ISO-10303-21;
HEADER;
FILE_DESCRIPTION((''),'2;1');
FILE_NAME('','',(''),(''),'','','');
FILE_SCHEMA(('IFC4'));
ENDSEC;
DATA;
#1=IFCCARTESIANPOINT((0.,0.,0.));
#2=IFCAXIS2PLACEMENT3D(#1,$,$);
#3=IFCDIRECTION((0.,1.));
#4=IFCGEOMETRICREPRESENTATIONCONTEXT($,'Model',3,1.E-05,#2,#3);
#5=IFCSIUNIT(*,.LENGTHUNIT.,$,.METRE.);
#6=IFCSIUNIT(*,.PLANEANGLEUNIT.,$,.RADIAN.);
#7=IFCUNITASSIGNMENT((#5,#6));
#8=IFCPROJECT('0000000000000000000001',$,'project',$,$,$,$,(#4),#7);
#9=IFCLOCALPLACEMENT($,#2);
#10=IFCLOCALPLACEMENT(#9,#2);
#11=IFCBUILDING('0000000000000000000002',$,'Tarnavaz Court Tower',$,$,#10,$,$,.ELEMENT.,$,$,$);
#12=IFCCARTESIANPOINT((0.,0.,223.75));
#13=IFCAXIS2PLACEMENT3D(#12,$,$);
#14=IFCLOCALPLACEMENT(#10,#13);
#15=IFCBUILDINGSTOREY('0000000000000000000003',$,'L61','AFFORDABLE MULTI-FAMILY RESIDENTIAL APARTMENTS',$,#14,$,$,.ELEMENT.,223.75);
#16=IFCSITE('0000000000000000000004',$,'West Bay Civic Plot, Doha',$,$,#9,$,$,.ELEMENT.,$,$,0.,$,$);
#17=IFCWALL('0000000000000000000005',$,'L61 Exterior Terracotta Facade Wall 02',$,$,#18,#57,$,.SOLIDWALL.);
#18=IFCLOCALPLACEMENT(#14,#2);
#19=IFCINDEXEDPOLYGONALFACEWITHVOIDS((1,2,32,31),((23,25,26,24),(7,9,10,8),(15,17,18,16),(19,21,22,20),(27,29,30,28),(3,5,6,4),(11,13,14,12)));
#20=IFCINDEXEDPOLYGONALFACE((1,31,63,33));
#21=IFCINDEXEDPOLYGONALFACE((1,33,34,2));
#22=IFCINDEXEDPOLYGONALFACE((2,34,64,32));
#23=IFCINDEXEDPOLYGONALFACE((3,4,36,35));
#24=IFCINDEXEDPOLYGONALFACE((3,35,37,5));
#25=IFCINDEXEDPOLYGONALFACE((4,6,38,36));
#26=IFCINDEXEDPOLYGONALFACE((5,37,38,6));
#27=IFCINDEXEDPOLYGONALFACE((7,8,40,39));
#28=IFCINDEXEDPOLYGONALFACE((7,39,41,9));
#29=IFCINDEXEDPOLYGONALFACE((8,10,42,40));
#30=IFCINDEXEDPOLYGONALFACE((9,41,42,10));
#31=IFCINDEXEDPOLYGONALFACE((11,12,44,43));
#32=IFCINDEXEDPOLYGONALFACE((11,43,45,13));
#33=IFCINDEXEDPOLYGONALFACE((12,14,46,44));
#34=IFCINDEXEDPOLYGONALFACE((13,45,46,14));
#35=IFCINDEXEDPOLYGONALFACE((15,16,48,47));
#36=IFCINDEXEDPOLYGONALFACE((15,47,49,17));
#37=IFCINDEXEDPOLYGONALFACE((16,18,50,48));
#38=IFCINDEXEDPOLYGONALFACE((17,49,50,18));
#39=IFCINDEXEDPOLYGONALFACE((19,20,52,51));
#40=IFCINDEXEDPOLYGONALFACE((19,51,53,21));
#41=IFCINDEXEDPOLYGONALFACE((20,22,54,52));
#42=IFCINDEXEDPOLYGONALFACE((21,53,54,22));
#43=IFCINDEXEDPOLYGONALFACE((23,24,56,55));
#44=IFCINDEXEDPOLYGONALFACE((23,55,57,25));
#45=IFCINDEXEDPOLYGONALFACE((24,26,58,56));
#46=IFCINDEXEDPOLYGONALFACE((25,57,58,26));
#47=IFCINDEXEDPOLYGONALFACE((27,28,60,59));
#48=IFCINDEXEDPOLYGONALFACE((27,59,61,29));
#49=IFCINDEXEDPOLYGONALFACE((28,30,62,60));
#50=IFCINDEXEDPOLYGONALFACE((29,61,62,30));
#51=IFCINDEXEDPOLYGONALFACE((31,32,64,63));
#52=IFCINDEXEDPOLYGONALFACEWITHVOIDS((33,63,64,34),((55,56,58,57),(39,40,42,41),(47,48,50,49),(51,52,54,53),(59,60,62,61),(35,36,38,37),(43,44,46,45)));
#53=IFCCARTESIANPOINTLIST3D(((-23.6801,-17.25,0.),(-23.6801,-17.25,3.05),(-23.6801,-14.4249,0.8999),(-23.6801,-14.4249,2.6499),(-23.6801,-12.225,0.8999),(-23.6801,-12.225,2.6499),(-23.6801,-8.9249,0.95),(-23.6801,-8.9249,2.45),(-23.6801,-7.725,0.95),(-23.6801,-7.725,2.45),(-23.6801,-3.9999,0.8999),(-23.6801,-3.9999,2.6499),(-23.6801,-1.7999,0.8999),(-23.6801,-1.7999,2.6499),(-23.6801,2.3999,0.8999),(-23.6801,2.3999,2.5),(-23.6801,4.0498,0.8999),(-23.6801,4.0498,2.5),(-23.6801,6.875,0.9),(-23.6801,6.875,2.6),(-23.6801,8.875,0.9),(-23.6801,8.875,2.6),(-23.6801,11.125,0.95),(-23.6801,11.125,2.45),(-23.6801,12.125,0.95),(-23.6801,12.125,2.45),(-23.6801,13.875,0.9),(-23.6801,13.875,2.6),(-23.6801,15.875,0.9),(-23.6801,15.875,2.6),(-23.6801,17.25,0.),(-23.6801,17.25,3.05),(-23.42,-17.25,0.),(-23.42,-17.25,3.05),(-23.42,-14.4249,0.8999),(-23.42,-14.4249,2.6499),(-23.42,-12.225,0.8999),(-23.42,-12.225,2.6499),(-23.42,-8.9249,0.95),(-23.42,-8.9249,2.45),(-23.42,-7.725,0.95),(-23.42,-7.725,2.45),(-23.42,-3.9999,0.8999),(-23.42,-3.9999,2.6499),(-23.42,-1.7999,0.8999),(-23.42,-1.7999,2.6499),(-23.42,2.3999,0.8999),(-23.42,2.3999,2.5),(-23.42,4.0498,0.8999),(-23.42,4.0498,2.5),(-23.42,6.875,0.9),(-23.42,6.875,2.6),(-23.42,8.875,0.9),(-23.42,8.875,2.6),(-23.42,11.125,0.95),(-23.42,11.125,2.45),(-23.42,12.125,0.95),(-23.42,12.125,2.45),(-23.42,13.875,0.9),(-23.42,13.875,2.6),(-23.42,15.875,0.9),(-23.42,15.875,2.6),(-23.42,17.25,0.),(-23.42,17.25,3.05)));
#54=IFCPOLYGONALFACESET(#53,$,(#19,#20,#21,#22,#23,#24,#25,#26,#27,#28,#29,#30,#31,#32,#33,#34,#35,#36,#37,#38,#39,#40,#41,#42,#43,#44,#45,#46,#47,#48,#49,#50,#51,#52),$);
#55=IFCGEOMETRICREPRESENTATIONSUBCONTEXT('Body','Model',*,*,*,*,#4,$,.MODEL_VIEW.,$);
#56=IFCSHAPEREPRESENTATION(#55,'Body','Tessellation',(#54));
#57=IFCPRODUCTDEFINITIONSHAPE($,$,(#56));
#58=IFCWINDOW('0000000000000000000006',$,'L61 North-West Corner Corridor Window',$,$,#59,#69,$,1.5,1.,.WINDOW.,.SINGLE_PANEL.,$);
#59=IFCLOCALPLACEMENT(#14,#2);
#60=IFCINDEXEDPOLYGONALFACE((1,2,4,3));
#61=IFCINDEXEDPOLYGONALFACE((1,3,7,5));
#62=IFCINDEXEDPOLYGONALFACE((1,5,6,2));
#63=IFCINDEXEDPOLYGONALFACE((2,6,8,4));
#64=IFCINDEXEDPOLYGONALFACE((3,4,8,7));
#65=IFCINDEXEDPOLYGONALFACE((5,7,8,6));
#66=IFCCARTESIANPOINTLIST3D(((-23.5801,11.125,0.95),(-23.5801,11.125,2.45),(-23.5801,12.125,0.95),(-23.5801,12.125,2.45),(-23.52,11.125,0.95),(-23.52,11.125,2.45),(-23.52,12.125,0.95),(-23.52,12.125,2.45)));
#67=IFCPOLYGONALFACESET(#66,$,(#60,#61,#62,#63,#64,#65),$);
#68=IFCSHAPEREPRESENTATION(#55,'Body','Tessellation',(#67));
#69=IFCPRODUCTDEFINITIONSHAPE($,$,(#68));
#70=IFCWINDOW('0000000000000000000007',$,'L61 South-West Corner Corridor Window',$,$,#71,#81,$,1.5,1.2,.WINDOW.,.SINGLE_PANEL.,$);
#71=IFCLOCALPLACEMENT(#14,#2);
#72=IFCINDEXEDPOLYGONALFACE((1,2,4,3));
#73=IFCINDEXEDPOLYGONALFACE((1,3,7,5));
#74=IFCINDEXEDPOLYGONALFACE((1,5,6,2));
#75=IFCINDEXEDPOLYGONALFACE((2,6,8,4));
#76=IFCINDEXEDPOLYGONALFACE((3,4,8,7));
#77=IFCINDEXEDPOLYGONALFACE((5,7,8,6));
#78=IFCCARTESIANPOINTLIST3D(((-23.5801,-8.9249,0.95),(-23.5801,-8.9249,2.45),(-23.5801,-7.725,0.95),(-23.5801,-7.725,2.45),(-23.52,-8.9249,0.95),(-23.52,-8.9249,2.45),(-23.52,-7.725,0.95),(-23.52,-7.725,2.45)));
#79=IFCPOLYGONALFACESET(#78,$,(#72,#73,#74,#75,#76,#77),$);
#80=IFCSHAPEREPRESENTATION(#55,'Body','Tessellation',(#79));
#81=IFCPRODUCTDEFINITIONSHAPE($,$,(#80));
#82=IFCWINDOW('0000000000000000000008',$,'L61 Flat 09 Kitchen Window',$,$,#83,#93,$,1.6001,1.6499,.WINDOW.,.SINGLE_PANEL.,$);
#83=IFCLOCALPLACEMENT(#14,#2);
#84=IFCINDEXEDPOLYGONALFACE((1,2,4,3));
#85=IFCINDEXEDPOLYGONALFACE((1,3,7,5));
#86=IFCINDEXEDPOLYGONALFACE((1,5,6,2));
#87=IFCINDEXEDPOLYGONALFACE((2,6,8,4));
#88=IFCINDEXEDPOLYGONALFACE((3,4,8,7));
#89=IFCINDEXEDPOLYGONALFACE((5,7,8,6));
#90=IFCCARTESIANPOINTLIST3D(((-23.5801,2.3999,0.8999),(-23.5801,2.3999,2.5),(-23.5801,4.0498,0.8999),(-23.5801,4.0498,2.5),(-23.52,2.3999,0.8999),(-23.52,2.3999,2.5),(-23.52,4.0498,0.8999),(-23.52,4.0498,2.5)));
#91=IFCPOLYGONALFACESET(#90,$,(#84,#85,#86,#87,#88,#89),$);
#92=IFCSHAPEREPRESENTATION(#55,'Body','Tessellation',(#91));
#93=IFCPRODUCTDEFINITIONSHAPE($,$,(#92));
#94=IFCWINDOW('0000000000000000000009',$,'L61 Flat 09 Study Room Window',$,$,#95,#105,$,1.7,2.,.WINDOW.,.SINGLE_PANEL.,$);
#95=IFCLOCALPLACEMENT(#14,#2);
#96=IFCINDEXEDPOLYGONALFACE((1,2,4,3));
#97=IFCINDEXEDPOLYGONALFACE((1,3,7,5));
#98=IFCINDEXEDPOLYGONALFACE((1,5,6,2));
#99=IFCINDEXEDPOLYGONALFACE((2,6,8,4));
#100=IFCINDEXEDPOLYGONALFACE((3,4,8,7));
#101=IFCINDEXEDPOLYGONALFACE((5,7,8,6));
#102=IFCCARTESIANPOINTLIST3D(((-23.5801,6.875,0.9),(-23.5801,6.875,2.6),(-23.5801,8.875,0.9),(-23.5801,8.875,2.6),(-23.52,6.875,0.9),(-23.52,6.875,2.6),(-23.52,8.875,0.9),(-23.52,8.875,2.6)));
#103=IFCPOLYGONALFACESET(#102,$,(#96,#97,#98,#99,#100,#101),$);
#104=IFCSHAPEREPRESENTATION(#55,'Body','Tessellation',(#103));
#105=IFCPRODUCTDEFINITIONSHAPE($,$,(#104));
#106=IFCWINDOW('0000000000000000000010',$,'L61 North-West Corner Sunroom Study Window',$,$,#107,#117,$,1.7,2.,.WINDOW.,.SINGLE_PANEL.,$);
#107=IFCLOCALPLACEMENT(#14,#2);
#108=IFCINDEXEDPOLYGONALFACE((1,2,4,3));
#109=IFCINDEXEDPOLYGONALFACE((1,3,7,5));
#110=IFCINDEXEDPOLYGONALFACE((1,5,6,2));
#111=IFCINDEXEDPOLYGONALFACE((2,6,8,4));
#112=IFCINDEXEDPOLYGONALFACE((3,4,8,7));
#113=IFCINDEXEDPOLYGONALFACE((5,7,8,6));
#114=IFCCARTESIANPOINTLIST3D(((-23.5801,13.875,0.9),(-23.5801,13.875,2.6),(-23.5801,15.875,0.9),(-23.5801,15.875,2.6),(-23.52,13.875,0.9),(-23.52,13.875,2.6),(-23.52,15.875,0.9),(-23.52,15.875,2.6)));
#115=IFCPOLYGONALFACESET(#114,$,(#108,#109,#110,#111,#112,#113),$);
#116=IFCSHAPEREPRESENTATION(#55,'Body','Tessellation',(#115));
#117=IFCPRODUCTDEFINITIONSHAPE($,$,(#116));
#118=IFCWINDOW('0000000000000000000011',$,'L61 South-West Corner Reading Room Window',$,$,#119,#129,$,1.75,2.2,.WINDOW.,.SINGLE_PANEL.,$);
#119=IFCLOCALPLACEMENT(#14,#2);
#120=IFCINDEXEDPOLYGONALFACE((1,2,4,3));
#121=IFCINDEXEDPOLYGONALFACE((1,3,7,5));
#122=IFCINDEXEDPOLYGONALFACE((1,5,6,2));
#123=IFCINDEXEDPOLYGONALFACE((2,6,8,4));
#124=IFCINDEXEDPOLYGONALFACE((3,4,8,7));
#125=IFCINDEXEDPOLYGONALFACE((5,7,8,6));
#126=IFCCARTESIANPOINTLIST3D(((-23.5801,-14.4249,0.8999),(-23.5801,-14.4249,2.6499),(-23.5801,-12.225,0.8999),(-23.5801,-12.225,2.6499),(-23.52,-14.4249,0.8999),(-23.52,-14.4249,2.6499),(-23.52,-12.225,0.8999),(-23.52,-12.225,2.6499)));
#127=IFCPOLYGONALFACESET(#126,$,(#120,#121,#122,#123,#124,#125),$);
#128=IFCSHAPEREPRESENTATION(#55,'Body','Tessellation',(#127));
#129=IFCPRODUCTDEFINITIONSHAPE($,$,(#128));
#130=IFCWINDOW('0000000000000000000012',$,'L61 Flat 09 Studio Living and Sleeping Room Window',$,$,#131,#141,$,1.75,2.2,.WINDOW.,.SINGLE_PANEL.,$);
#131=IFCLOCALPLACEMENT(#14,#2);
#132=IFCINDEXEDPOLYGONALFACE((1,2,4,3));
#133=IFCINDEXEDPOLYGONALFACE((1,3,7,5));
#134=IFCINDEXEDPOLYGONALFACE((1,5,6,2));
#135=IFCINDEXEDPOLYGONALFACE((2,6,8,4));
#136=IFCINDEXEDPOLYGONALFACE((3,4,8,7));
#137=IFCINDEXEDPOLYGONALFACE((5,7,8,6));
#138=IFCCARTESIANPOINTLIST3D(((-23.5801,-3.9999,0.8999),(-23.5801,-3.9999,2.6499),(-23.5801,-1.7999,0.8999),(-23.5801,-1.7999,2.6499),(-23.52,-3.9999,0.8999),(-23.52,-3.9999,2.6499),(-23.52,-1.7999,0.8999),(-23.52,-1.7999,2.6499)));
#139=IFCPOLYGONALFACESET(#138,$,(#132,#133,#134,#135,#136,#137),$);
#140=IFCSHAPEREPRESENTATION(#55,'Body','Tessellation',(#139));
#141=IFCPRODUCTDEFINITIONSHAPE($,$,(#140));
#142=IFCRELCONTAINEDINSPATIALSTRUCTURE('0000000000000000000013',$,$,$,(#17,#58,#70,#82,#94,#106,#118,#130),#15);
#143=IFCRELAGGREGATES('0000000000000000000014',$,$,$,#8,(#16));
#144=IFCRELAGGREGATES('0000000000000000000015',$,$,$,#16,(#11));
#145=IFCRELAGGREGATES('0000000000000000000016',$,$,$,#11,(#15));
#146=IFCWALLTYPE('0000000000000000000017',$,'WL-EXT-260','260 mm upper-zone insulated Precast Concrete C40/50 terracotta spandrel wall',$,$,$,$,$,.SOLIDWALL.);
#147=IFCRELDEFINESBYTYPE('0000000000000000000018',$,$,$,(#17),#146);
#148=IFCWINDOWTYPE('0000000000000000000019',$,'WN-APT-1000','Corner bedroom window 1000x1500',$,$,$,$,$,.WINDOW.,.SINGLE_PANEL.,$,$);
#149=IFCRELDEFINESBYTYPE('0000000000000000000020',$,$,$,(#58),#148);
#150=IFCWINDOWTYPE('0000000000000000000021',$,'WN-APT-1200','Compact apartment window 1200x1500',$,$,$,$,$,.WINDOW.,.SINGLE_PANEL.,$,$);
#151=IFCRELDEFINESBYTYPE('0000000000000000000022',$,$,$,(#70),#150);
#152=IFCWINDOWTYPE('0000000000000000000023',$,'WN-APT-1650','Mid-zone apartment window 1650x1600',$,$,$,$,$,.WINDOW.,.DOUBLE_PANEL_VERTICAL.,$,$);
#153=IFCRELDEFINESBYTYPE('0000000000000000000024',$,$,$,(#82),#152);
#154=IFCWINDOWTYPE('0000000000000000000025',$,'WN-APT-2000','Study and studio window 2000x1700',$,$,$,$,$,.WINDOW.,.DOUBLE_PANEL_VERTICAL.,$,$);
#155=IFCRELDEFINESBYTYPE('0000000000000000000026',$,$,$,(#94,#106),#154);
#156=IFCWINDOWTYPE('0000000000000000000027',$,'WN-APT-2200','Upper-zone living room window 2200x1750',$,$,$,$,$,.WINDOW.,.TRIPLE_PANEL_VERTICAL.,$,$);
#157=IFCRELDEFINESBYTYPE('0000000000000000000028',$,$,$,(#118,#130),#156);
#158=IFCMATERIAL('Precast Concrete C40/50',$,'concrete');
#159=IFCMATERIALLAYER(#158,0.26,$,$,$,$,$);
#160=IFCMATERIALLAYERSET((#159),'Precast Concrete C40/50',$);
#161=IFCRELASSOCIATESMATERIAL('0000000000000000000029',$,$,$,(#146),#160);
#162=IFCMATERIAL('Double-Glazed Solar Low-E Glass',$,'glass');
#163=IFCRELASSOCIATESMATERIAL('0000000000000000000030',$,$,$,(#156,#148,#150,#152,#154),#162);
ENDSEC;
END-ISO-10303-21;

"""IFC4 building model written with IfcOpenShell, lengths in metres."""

from ifc_helpers import new_model, si_unit, direction, frame, frame_2d, origin, place, context, subcontext, project, spatial, rectangle, extrude, material, layer, layer_set, type_object, element, fill, save


model = new_model("IFC4")

# Units and contexts
model_context = context("Model", 3, precision=1e-05, world=origin(), true_north=direction((0.0, 1.0)))
body_context = subcontext(model_context, "Body", "Model", "MODEL_VIEW")
ifc_project = project(units=[si_unit("LENGTHUNIT", "METRE"), si_unit("PLANEANGLEUNIT", "RADIAN")], contexts=[model_context])

# Site, building, storey
site_placement = place(None, origin())
site = spatial("IfcSite", under=ifc_project, at=site_placement, Name="West Bay Civic Plot, Doha", CompositionType="ELEMENT", RefElevation=0.0)
building_placement = place(site_placement, origin())
building = spatial("IfcBuilding", under=site, at=building_placement, Name="Tarnavaz Court Tower", CompositionType="ELEMENT")
storey_placement = place(building_placement, frame((0.0, 0.0, 223.75)))
storey = spatial("IfcBuildingStorey", under=building, at=storey_placement, Name="L61", Description="AFFORDABLE MULTI-FAMILY RESIDENTIAL APARTMENTS", CompositionType="ELEMENT", Elevation=223.75)

# Shared definitions
ifc_material_1 = material(Name="Precast Concrete C40/50", Category="concrete")
ifc_layer_1 = layer(ifc_material_1, 0.26)
ifc_layer_set_1 = layer_set([ifc_layer_1], Name="Precast Concrete C40/50")
wall_type_1 = type_object("IfcWallType", Name="WL-EXT-260", Description="260 mm upper-zone insulated Precast Concrete C40/50 terracotta spandrel wall", PredefinedType="SOLIDWALL", material=ifc_layer_set_1)
ifc_material_2 = material(Name="Double-Glazed Solar Low-E Glass", Category="glass")
window_type_1 = type_object("IfcWindowType", Name="WN-APT-2200", Description="Upper-zone living room window 2200x1750", PartitioningType="TRIPLE_PANEL_VERTICAL", PredefinedType="WINDOW", material=ifc_material_2)

# Wall, openings, windows
wall_1_placement = place(storey_placement, frame((-23.55, -17.25, 0.0), z_axis=(0.0, 0.0, 1.0), x_axis=(0.0, 1.0, 0.0)))
wall_1 = element("IfcWall", 1, at=wall_1_placement, inside=storey, type_object=wall_type_1, Name="L61 Exterior Terracotta Facade Wall 02", PredefinedType="SOLIDWALL", context=body_context, shape_type="SweptSolid", body=[
    extrude(rectangle(XDim=34.5, YDim=0.26, at=frame_2d((17.25, 0.0))), origin(), (0.0, 0.0, 1.0), 3.05),
])
opening_1_placement = place(wall_1_placement, frame((2.825, 0.0, 0.8999)))
opening_1 = element("IfcOpeningElement", 2, at=opening_1_placement, cuts=wall_1, PredefinedType="OPENING", context=body_context, shape_type="SweptSolid", body=[
    extrude(rectangle(XDim=2.2, YDim=1.75, at=frame_2d((1.1001, 0.875))), frame((0.0, 0.1399, 0.0), z_axis=(0.0, -1.0, 0.0), x_axis=(1.0, 0.0, 0.0)), (0.0, 0.0, 1.0), 0.28),
])
opening_2_placement = place(wall_1_placement, frame((8.325, 0.0, 0.95)))
opening_2 = element("IfcOpeningElement", 3, at=opening_2_placement, cuts=wall_1, PredefinedType="OPENING", context=body_context, shape_type="SweptSolid", body=[
    extrude(rectangle(XDim=1.2, YDim=1.5, at=frame_2d((0.6001, 0.75))), frame((0.0, 0.1399, 0.0), z_axis=(0.0, -1.0, 0.0), x_axis=(1.0, 0.0, 0.0)), (0.0, 0.0, 1.0), 0.28),
])
opening_3_placement = place(wall_1_placement, frame((13.25, 0.0, 0.8999)))
opening_3 = element("IfcOpeningElement", 4, at=opening_3_placement, cuts=wall_1, PredefinedType="OPENING", context=body_context, shape_type="SweptSolid", body=[
    extrude(rectangle(XDim=2.2, YDim=1.75, at=frame_2d((1.1001, 0.875))), frame((0.0, 0.1399, 0.0), z_axis=(0.0, -1.0, 0.0), x_axis=(1.0, 0.0, 0.0)), (0.0, 0.0, 1.0), 0.28),
])
opening_4_placement = place(wall_1_placement, frame((19.6499, 0.0, 0.8999)))
opening_4 = element("IfcOpeningElement", 5, at=opening_4_placement, cuts=wall_1, PredefinedType="OPENING", context=body_context, shape_type="SweptSolid", body=[
    extrude(rectangle(XDim=1.6499, YDim=1.6001, at=frame_2d((0.825, 0.8))), frame((0.0, 0.1399, 0.0), z_axis=(0.0, -1.0, 0.0), x_axis=(1.0, 0.0, 0.0)), (0.0, 0.0, 1.0), 0.28),
])
opening_5_placement = place(wall_1_placement, frame((24.125, 0.0, 0.8999)))
opening_5 = element("IfcOpeningElement", 6, at=opening_5_placement, cuts=wall_1, PredefinedType="OPENING", context=body_context, shape_type="SweptSolid", body=[
    extrude(rectangle(XDim=2.0, YDim=1.7, at=frame_2d((1.0, 0.8501))), frame((0.0, 0.1399, 0.0), z_axis=(0.0, -1.0, 0.0), x_axis=(1.0, 0.0, 0.0)), (0.0, 0.0, 1.0), 0.28),
])
opening_6_placement = place(wall_1_placement, frame((28.375, 0.0, 0.95)))
opening_6 = element("IfcOpeningElement", 7, at=opening_6_placement, cuts=wall_1, PredefinedType="OPENING", context=body_context, shape_type="SweptSolid", body=[
    extrude(rectangle(XDim=1.0, YDim=1.5, at=frame_2d((0.5, 0.75))), frame((0.0, 0.1399, 0.0), z_axis=(0.0, -1.0, 0.0), x_axis=(1.0, 0.0, 0.0)), (0.0, 0.0, 1.0), 0.28),
])
opening_7_placement = place(wall_1_placement, frame((31.125, 0.0, 0.8999)))
opening_7 = element("IfcOpeningElement", 8, at=opening_7_placement, cuts=wall_1, PredefinedType="OPENING", context=body_context, shape_type="SweptSolid", body=[
    extrude(rectangle(XDim=2.0, YDim=1.7, at=frame_2d((1.0, 0.8501))), frame((0.0, 0.1399, 0.0), z_axis=(0.0, -1.0, 0.0), x_axis=(1.0, 0.0, 0.0)), (0.0, 0.0, 1.0), 0.28),
])
window_type_2 = type_object("IfcWindowType", Name="WN-APT-1000", Description="Corner bedroom window 1000x1500", PartitioningType="SINGLE_PANEL", PredefinedType="WINDOW", material=ifc_material_2)
window_1_placement = place(opening_6_placement, origin())
window_1 = element("IfcWindow", 9, at=window_1_placement, inside=storey, type_object=window_type_2, Name="L61 North-West Corner Corridor Window", OverallHeight=1.5, OverallWidth=1.0, PartitioningType="SINGLE_PANEL", PredefinedType="WINDOW", context=body_context, shape_type="SweptSolid", body=[
    extrude(rectangle(XDim=1.0, YDim=1.5, at=frame_2d((0.5, 0.75))), frame((0.0, 0.03, 0.0), z_axis=(0.0, -1.0, 0.0), x_axis=(1.0, 0.0, 0.0)), (0.0, 0.0, 1.0), 0.0601),
])
fill(opening_6, window_1)
window_type_3 = type_object("IfcWindowType", Name="WN-APT-1200", Description="Compact apartment window 1200x1500", PartitioningType="SINGLE_PANEL", PredefinedType="WINDOW", material=ifc_material_2)
window_2_placement = place(opening_2_placement, origin())
window_2 = element("IfcWindow", 10, at=window_2_placement, inside=storey, type_object=window_type_3, Name="L61 South-West Corner Corridor Window", OverallHeight=1.5, OverallWidth=1.2, PartitioningType="SINGLE_PANEL", PredefinedType="WINDOW", context=body_context, shape_type="SweptSolid", body=[
    extrude(rectangle(XDim=1.2, YDim=1.5, at=frame_2d((0.6001, 0.75))), frame((0.0, 0.03, 0.0), z_axis=(0.0, -1.0, 0.0), x_axis=(1.0, 0.0, 0.0)), (0.0, 0.0, 1.0), 0.0601),
])
fill(opening_2, window_2)
window_type_4 = type_object("IfcWindowType", Name="WN-APT-1650", Description="Mid-zone apartment window 1650x1600", PartitioningType="DOUBLE_PANEL_VERTICAL", PredefinedType="WINDOW", material=ifc_material_2)
window_3_placement = place(opening_4_placement, origin())
window_3 = element("IfcWindow", 11, at=window_3_placement, inside=storey, type_object=window_type_4, Name="L61 Flat 09 Kitchen Window", OverallHeight=1.6001, OverallWidth=1.6499, PartitioningType="SINGLE_PANEL", PredefinedType="WINDOW", context=body_context, shape_type="SweptSolid", body=[
    extrude(rectangle(XDim=1.6499, YDim=1.6001, at=frame_2d((0.825, 0.8))), frame((0.0, 0.03, 0.0), z_axis=(0.0, -1.0, 0.0), x_axis=(1.0, 0.0, 0.0)), (0.0, 0.0, 1.0), 0.0601),
])
fill(opening_4, window_3)
window_type_5 = type_object("IfcWindowType", Name="WN-APT-2000", Description="Study and studio window 2000x1700", PartitioningType="DOUBLE_PANEL_VERTICAL", PredefinedType="WINDOW", material=ifc_material_2)
window_4_placement = place(opening_5_placement, origin())
window_4 = element("IfcWindow", 12, at=window_4_placement, inside=storey, type_object=window_type_5, Name="L61 Flat 09 Study Room Window", OverallHeight=1.7, OverallWidth=2.0, PartitioningType="SINGLE_PANEL", PredefinedType="WINDOW", context=body_context, shape_type="SweptSolid", body=[
    extrude(rectangle(XDim=2.0, YDim=1.7, at=frame_2d((1.0, 0.8501))), frame((0.0, 0.03, 0.0), z_axis=(0.0, -1.0, 0.0), x_axis=(1.0, 0.0, 0.0)), (0.0, 0.0, 1.0), 0.0601),
])
fill(opening_5, window_4)
window_5_placement = place(opening_7_placement, origin())
window_5 = element("IfcWindow", 13, at=window_5_placement, inside=storey, type_object=window_type_5, Name="L61 North-West Corner Sunroom Study Window", OverallHeight=1.7, OverallWidth=2.0, PartitioningType="SINGLE_PANEL", PredefinedType="WINDOW", context=body_context, shape_type="SweptSolid", body=[
    extrude(rectangle(XDim=2.0, YDim=1.7, at=frame_2d((1.0, 0.8501))), frame((0.0, 0.03, 0.0), z_axis=(0.0, -1.0, 0.0), x_axis=(1.0, 0.0, 0.0)), (0.0, 0.0, 1.0), 0.0601),
])
fill(opening_7, window_5)
window_6_placement = place(opening_1_placement, origin())
window_6 = element("IfcWindow", 14, at=window_6_placement, inside=storey, type_object=window_type_1, Name="L61 South-West Corner Reading Room Window", OverallHeight=1.75, OverallWidth=2.2, PartitioningType="SINGLE_PANEL", PredefinedType="WINDOW", context=body_context, shape_type="SweptSolid", body=[
    extrude(rectangle(XDim=2.2, YDim=1.75, at=frame_2d((1.1001, 0.875))), frame((0.0, 0.03, 0.0), z_axis=(0.0, -1.0, 0.0), x_axis=(1.0, 0.0, 0.0)), (0.0, 0.0, 1.0), 0.0601),
])
fill(opening_1, window_6)
window_7_placement = place(opening_3_placement, origin())
window_7 = element("IfcWindow", 15, at=window_7_placement, inside=storey, type_object=window_type_1, Name="L61 Flat 09 Studio Living and Sleeping Room Window", OverallHeight=1.75, OverallWidth=2.2, PartitioningType="SINGLE_PANEL", PredefinedType="WINDOW", context=body_context, shape_type="SweptSolid", body=[
    extrude(rectangle(XDim=2.2, YDim=1.75, at=frame_2d((1.1001, 0.875))), frame((0.0, 0.03, 0.0), z_axis=(0.0, -1.0, 0.0), x_axis=(1.0, 0.0, 0.0)), (0.0, 0.0, 1.0), 0.0601),
])
fill(opening_3, window_7)

save(model, "model.ifc")
